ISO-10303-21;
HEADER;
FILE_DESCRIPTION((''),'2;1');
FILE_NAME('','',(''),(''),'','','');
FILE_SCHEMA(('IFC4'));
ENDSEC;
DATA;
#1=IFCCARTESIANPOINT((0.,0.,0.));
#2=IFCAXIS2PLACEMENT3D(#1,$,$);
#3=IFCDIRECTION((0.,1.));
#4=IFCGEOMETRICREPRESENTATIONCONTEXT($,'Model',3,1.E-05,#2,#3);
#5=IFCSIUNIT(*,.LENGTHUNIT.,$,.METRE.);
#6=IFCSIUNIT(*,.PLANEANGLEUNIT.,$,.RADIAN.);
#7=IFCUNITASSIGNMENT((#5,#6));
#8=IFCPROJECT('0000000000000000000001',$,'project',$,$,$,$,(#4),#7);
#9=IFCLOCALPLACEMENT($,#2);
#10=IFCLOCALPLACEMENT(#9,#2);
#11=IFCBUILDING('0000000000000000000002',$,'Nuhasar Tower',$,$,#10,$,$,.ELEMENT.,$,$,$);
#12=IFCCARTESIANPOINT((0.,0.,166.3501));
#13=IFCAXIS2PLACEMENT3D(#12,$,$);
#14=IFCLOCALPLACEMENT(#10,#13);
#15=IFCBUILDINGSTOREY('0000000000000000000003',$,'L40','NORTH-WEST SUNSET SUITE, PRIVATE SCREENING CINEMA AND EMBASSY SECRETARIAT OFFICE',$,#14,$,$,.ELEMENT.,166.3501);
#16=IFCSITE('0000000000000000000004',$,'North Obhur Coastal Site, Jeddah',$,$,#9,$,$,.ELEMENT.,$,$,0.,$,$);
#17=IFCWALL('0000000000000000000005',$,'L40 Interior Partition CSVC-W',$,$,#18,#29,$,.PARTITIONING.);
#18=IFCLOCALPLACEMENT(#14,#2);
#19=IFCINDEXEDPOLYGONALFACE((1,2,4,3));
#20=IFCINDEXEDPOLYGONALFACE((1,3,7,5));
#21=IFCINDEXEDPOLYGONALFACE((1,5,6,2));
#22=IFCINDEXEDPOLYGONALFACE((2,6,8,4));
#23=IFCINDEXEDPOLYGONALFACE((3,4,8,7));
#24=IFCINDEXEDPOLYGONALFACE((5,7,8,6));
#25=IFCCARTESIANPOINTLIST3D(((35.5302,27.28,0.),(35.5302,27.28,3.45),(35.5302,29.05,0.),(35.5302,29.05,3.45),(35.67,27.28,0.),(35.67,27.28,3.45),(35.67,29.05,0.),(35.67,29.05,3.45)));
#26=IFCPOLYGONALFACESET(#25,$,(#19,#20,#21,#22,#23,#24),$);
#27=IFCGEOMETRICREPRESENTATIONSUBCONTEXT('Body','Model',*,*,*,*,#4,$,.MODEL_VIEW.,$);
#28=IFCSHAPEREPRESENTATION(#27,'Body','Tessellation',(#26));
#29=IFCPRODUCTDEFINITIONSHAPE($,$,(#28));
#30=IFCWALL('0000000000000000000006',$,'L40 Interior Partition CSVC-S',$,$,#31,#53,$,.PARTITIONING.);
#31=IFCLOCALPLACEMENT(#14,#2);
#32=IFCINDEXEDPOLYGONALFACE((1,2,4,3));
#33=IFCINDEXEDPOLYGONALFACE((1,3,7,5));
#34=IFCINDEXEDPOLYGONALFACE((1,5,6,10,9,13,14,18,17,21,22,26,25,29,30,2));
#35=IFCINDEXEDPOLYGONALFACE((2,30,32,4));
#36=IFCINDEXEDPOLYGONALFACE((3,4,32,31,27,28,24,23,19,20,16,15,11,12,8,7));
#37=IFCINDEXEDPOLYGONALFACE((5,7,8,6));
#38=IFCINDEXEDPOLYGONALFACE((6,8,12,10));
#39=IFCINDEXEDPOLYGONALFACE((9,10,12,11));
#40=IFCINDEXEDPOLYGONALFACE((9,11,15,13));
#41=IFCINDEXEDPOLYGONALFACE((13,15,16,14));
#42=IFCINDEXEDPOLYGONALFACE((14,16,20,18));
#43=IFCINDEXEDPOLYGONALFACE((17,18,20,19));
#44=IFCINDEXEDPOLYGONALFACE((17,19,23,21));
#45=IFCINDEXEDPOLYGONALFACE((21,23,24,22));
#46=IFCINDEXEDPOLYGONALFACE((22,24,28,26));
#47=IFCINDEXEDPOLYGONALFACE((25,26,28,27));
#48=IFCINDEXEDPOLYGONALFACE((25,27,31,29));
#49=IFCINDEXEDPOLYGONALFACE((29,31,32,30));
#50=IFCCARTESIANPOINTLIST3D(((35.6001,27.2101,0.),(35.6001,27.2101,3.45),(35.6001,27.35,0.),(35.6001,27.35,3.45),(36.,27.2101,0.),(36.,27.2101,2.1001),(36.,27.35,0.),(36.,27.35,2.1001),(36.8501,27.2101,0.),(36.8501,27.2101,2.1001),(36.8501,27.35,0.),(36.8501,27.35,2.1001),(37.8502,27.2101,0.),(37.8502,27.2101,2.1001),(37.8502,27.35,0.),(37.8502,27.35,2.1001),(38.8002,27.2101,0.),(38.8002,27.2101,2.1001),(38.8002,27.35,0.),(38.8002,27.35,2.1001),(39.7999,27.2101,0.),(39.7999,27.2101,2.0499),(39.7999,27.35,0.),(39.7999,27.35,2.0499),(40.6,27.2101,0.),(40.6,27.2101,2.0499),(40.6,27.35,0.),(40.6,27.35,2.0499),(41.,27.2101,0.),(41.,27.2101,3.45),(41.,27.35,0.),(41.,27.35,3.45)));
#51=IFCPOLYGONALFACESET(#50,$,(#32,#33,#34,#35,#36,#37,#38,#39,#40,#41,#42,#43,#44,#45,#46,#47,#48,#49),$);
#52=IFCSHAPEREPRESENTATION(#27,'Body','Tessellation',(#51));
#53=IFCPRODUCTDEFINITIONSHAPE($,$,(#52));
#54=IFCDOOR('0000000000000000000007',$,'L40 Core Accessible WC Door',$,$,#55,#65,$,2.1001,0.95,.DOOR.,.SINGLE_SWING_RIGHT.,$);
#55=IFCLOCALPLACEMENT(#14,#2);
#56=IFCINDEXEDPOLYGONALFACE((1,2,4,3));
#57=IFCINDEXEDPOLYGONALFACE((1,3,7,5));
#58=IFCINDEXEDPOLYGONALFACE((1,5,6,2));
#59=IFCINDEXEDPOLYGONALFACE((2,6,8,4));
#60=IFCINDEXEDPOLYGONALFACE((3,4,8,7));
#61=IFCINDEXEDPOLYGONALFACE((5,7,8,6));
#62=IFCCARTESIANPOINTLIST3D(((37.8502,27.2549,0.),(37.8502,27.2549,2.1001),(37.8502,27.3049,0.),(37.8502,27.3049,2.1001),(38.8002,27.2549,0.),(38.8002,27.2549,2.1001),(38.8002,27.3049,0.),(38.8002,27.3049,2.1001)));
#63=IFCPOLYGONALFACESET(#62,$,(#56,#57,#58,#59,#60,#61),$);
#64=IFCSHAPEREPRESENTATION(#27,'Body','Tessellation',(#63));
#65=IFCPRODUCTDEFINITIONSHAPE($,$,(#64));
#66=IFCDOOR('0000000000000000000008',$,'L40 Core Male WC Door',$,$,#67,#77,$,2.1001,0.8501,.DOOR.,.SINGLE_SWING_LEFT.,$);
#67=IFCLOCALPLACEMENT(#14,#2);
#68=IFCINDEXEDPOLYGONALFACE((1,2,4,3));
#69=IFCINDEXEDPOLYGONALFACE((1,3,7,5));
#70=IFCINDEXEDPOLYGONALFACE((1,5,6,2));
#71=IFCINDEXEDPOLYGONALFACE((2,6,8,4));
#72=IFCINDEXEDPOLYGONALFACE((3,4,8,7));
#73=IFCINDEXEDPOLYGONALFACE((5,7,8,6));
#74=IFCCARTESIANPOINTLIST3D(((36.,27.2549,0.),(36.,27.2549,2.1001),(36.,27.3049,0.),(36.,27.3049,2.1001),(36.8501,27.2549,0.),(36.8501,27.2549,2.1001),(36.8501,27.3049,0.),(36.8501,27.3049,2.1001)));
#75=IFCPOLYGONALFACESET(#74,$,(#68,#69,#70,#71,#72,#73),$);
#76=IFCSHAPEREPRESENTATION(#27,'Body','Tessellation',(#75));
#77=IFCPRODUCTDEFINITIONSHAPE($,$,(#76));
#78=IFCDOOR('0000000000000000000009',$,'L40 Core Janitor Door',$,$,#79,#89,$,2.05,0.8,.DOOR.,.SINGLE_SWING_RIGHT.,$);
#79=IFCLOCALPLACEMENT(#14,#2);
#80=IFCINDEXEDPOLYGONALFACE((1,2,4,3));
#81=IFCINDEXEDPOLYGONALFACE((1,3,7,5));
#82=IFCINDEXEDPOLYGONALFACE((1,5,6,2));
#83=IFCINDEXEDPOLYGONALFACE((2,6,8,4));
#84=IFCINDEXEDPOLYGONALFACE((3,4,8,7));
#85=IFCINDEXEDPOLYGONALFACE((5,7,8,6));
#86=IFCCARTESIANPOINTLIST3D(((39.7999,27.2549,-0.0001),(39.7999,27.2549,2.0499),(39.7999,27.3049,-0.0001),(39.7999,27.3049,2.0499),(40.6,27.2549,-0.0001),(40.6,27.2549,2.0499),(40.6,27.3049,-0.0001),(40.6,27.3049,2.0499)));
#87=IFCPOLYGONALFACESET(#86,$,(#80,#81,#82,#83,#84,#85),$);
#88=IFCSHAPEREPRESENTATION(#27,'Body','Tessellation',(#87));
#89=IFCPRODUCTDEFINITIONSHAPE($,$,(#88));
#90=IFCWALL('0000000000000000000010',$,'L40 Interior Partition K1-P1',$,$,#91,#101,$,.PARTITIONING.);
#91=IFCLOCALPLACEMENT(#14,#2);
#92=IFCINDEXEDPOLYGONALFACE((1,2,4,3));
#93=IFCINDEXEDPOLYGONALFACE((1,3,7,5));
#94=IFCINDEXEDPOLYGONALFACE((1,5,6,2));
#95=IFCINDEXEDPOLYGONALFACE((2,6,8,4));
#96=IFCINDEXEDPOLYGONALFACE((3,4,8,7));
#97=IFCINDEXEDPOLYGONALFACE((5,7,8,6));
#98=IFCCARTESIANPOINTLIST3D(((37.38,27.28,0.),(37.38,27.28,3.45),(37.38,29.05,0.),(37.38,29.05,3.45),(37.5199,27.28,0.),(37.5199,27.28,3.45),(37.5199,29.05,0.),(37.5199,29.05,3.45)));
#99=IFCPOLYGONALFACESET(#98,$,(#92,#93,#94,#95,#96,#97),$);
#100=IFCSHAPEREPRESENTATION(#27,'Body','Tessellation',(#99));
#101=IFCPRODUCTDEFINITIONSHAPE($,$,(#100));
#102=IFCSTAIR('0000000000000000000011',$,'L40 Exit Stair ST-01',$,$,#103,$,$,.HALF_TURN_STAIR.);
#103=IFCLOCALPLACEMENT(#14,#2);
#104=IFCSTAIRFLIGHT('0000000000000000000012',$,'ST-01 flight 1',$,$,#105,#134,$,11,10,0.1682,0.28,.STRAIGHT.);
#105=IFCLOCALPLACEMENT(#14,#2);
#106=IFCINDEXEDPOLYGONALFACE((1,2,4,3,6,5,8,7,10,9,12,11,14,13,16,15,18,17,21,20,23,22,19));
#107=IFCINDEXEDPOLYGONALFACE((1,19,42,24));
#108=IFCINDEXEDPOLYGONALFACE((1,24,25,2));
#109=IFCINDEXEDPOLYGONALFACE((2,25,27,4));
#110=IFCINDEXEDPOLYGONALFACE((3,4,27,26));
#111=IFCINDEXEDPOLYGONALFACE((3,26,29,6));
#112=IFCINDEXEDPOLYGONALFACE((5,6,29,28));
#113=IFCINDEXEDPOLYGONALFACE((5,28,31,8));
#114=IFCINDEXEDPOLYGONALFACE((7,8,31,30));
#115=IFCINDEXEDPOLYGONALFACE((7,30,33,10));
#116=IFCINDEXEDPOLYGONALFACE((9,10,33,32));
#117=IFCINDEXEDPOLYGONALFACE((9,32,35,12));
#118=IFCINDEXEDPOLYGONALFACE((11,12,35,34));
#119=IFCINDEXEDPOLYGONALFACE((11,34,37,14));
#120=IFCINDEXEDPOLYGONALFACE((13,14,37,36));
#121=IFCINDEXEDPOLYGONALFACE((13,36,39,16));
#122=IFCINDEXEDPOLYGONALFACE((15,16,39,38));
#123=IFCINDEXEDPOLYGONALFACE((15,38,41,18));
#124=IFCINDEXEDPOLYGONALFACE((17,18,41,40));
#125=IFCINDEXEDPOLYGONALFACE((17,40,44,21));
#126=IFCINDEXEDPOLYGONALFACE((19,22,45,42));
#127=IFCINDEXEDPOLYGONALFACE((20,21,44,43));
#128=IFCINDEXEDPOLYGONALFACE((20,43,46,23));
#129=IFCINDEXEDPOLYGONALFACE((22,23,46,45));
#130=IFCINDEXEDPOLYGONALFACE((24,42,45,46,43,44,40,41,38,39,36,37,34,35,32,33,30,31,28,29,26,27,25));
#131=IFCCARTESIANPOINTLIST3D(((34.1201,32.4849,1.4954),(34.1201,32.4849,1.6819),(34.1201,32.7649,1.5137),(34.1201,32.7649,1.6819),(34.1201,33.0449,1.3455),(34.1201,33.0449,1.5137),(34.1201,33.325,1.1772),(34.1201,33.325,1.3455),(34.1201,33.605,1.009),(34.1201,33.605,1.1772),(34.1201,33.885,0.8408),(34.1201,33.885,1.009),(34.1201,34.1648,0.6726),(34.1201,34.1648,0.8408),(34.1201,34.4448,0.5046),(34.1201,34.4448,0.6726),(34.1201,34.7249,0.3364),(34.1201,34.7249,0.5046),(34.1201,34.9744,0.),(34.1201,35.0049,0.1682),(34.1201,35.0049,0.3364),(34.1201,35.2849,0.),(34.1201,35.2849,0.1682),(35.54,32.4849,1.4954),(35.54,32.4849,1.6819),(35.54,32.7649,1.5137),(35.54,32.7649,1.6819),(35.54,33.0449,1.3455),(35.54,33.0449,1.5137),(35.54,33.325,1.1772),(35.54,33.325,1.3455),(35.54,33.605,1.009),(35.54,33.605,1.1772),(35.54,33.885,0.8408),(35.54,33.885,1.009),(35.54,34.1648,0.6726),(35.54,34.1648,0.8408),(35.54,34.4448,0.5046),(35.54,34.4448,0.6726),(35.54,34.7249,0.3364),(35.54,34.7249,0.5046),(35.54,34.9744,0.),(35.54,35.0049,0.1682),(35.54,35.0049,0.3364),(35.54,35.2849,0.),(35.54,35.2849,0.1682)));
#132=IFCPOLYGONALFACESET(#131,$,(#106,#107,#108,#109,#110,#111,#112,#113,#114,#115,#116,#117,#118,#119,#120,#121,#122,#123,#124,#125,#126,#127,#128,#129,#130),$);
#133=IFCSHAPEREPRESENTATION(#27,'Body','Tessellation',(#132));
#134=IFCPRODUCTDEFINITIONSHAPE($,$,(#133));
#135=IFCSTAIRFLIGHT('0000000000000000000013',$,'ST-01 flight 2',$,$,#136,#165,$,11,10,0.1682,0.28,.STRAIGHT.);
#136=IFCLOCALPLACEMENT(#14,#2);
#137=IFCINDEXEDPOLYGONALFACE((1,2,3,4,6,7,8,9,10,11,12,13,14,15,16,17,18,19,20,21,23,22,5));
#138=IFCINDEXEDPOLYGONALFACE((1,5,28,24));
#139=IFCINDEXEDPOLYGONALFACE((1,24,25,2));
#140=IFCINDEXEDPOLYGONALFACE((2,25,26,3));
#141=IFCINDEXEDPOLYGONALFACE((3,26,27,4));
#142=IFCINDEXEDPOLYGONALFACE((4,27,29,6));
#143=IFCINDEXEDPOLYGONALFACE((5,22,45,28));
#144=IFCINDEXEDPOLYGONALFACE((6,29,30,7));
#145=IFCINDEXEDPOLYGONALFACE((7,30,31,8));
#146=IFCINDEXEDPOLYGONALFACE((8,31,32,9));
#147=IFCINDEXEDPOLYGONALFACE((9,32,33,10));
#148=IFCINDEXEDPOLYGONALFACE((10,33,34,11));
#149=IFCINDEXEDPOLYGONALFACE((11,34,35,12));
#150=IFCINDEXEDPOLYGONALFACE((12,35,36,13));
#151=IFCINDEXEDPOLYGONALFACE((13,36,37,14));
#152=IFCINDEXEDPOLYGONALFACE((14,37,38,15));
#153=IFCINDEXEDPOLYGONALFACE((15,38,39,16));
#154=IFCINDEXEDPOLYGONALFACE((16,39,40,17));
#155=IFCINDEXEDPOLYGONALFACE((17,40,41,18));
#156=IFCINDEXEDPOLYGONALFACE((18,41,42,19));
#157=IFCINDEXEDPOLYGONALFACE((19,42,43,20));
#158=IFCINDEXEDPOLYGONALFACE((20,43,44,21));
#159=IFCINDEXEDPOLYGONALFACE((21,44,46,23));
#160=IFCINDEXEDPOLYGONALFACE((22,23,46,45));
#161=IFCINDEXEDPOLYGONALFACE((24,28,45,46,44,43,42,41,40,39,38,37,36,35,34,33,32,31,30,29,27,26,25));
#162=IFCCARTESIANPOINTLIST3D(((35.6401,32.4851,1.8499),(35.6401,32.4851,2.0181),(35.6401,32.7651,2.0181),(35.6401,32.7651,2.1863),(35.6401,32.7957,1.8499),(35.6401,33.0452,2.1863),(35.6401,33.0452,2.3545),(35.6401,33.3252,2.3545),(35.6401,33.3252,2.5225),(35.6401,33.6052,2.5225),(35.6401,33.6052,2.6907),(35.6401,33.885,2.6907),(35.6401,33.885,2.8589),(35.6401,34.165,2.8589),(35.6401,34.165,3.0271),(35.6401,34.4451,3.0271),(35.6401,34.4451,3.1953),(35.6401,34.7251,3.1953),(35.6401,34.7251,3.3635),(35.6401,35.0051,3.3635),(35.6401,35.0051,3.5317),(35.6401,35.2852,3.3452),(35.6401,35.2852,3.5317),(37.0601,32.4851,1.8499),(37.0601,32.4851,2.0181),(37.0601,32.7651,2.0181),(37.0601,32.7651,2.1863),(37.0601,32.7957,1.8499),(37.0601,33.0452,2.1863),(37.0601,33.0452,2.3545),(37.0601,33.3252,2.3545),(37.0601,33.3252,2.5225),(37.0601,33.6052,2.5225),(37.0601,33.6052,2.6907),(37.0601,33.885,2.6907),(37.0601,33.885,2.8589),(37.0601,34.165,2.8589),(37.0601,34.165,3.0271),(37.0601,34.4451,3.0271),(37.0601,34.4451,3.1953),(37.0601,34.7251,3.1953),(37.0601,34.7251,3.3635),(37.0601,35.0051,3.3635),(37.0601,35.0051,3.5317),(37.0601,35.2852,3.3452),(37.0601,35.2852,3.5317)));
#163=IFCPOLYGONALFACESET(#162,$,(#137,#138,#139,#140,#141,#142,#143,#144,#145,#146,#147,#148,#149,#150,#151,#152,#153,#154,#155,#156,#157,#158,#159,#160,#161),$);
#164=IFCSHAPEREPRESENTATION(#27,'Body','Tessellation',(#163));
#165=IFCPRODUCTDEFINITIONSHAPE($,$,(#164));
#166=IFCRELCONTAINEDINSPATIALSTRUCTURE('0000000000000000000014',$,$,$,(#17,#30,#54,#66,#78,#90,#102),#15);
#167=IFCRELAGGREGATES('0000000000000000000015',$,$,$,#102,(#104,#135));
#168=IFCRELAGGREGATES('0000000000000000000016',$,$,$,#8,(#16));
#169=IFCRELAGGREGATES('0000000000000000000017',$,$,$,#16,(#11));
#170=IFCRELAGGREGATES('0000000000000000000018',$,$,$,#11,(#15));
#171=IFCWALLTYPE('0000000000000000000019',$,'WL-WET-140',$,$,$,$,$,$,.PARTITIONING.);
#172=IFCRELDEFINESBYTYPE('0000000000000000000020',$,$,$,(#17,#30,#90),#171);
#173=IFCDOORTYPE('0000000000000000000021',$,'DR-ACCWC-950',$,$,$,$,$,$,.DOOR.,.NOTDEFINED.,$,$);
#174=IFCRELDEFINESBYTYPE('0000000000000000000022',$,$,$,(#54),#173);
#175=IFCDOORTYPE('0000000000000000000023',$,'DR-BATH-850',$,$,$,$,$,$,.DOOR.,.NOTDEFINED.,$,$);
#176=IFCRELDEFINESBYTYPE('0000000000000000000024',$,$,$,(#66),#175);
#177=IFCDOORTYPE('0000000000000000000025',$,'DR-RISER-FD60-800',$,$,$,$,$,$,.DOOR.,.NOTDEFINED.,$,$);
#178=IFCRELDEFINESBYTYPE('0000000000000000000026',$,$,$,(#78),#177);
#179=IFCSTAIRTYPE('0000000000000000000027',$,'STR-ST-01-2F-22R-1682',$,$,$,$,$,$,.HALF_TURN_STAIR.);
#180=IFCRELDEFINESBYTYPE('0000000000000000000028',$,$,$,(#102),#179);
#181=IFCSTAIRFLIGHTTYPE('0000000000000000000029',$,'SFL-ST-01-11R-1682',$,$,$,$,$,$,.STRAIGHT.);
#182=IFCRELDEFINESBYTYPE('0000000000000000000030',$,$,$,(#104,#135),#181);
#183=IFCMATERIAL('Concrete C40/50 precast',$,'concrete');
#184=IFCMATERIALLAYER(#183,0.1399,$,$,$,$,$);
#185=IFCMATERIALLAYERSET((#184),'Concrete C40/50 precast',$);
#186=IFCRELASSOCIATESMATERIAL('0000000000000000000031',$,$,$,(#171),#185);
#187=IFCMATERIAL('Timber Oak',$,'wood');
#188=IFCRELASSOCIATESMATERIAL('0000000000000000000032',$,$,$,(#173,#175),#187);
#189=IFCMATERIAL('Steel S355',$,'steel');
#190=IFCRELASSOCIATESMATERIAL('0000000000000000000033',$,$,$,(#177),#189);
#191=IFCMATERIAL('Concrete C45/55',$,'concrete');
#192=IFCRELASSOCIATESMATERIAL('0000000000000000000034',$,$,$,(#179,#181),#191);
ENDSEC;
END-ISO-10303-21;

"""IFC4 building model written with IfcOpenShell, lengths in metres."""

from ifc_helpers import new_model, si_unit, direction, frame, frame_2d, origin, place, context, subcontext, project, spatial, polyline, rectangle, outline, extrude, material, layer, layer_set, type_object, element, fill, aggregate, save


model = new_model("IFC4")

# Units and contexts
model_context = context("Model", 3, precision=1e-05, world=origin(), true_north=direction((0.0, 1.0)))
body_context = subcontext(model_context, "Body", "Model", "MODEL_VIEW")
ifc_project = project(units=[si_unit("LENGTHUNIT", "METRE"), si_unit("PLANEANGLEUNIT", "RADIAN")], contexts=[model_context])

# Site, building, storey
site_placement = place(None, origin())
site = spatial("IfcSite", under=ifc_project, at=site_placement, Name="North Obhur Coastal Site, Jeddah", CompositionType="ELEMENT", RefElevation=0.0)
building_placement = place(site_placement, origin())
building = spatial("IfcBuilding", under=site, at=building_placement, Name="Nuhasar Tower", CompositionType="ELEMENT")
storey_placement = place(building_placement, frame((0.0, 0.0, 166.3501)))
storey = spatial("IfcBuildingStorey", under=building, at=storey_placement, Name="L40", Description="NORTH-WEST SUNSET SUITE, PRIVATE SCREENING CINEMA AND EMBASSY SECRETARIAT OFFICE", CompositionType="ELEMENT", Elevation=166.3501)

# Shared definitions
ifc_material_1 = material(Name="Steel S355", Category="steel")

# Wall
ifc_material_2 = material(Name="Concrete C40/50 precast", Category="concrete")
ifc_layer_1 = layer(ifc_material_2, 0.1399)
ifc_layer_set_1 = layer_set([ifc_layer_1], Name="Concrete C40/50 precast")
wall_type_1 = type_object("IfcWallType", Name="WL-WET-140", PredefinedType="PARTITIONING", material=ifc_layer_set_1)
wall_1_placement = place(storey_placement, frame((35.6001, 27.28, 0.0), z_axis=(0.0, 0.0, 1.0), x_axis=(0.0, 1.0, 0.0)))
element("IfcWall", 1, at=wall_1_placement, inside=storey, type_object=wall_type_1, Name="L40 Interior Partition CSVC-W", PredefinedType="PARTITIONING", context=body_context, shape_type="SweptSolid", body=[
    extrude(rectangle(XDim=1.77, YDim=0.1399, at=frame_2d((0.885, 0.0))), origin(), (0.0, 0.0, 1.0), 3.45),
])

# Wall, openings, doors
wall_2_placement = place(storey_placement, frame((35.6001, 27.28, 0.0), z_axis=(0.0, 0.0, 1.0), x_axis=(1.0, 0.0, 0.0)))
wall_2 = element("IfcWall", 2, at=wall_2_placement, inside=storey, type_object=wall_type_1, Name="L40 Interior Partition CSVC-S", PredefinedType="PARTITIONING", context=body_context, shape_type="SweptSolid", body=[
    extrude(rectangle(XDim=5.3999, YDim=0.1399, at=frame_2d((2.7, 0.0))), origin(), (0.0, 0.0, 1.0), 3.45),
])
opening_1_placement = place(wall_2_placement, frame((0.3999, 0.0, 0.0)))
opening_1 = element("IfcOpeningElement", 3, at=opening_1_placement, cuts=wall_2, PredefinedType="OPENING", context=body_context, shape_type="SweptSolid", body=[
    extrude(rectangle(XDim=0.8501, YDim=2.1001, at=frame_2d((0.425, 1.05))), frame((0.0, 0.0801, 0.0), z_axis=(0.0, -1.0, 0.0), x_axis=(1.0, 0.0, 0.0)), (0.0, 0.0, 1.0), 0.1599),
])
opening_2_placement = place(wall_2_placement, frame((2.25, 0.0, 0.0)))
opening_2 = element("IfcOpeningElement", 4, at=opening_2_placement, cuts=wall_2, PredefinedType="OPENING", context=body_context, shape_type="SweptSolid", body=[
    extrude(rectangle(XDim=0.95, YDim=2.1001, at=frame_2d((0.4751, 1.05))), frame((0.0, 0.0801, 0.0), z_axis=(0.0, -1.0, 0.0), x_axis=(1.0, 0.0, 0.0)), (0.0, 0.0, 1.0), 0.1599),
])
opening_3_placement = place(wall_2_placement, frame((4.2, 0.0, 0.0)))
opening_3 = element("IfcOpeningElement", 5, at=opening_3_placement, cuts=wall_2, PredefinedType="OPENING", context=body_context, shape_type="SweptSolid", body=[
    extrude(rectangle(XDim=0.8, YDim=2.05, at=frame_2d((0.3999, 1.0249))), frame((0.0, 0.0801, 0.0), z_axis=(0.0, -1.0, 0.0), x_axis=(1.0, 0.0, 0.0)), (0.0, 0.0, 1.0), 0.1599),
])
ifc_material_3 = material(Name="Timber Oak", Category="wood")
door_type_1 = type_object("IfcDoorType", Name="DR-ACCWC-950", OperationType="NOTDEFINED", PredefinedType="DOOR", material=ifc_material_3)
door_1_placement = place(opening_2_placement, origin())
door_1 = element("IfcDoor", 6, at=door_1_placement, inside=storey, type_object=door_type_1, Name="L40 Core Accessible WC Door", OperationType="SINGLE_SWING_RIGHT", OverallHeight=2.1001, OverallWidth=0.95, PredefinedType="DOOR", context=body_context, shape_type="SweptSolid", body=[
    extrude(rectangle(XDim=0.95, YDim=2.1001, at=frame_2d((0.4751, 1.05))), frame((0.0, 0.0249, 0.0), z_axis=(0.0, -1.0, 0.0), x_axis=(1.0, 0.0, 0.0)), (0.0, 0.0, 1.0), 0.05),
])
fill(opening_2, door_1)
door_type_2 = type_object("IfcDoorType", Name="DR-BATH-850", OperationType="NOTDEFINED", PredefinedType="DOOR", material=ifc_material_3)
door_2_placement = place(opening_1_placement, origin())
door_2 = element("IfcDoor", 7, at=door_2_placement, inside=storey, type_object=door_type_2, Name="L40 Core Male WC Door", OperationType="SINGLE_SWING_LEFT", OverallHeight=2.1001, OverallWidth=0.8501, PredefinedType="DOOR", context=body_context, shape_type="SweptSolid", body=[
    extrude(rectangle(XDim=0.8501, YDim=2.1001, at=frame_2d((0.425, 1.05))), frame((0.0, 0.0249, 0.0), z_axis=(0.0, -1.0, 0.0), x_axis=(1.0, 0.0, 0.0)), (0.0, 0.0, 1.0), 0.05),
])
fill(opening_1, door_2)
door_type_3 = type_object("IfcDoorType", Name="DR-RISER-FD60-800", OperationType="NOTDEFINED", PredefinedType="DOOR", material=ifc_material_1)
door_3_placement = place(opening_3_placement, origin())
door_3 = element("IfcDoor", 8, at=door_3_placement, inside=storey, type_object=door_type_3, Name="L40 Core Janitor Door", OperationType="SINGLE_SWING_RIGHT", OverallHeight=2.05, OverallWidth=0.8, PredefinedType="DOOR", context=body_context, shape_type="SweptSolid", body=[
    extrude(rectangle(XDim=0.8, YDim=2.05, at=frame_2d((0.3999, 1.0249))), frame((0.0, 0.0249, 0.0), z_axis=(0.0, -1.0, 0.0), x_axis=(1.0, 0.0, 0.0)), (0.0, 0.0, 1.0), 0.05),
])
fill(opening_3, door_3)

# Wall
wall_3_placement = place(storey_placement, frame((37.45, 27.28, 0.0), z_axis=(0.0, 0.0, 1.0), x_axis=(0.0, 1.0, 0.0)))
element("IfcWall", 9, at=wall_3_placement, inside=storey, type_object=wall_type_1, Name="L40 Interior Partition K1-P1", PredefinedType="PARTITIONING", context=body_context, shape_type="SweptSolid", body=[
    extrude(rectangle(XDim=1.77, YDim=0.1399, at=frame_2d((0.885, 0.0))), origin(), (0.0, 0.0, 1.0), 3.45),
])

# Stair, stair flights
ifc_material_4 = material(Name="Concrete C45/55", Category="concrete")
stair_type_1 = type_object("IfcStairType", Name="STR-ST-01-2F-22R-1682", PredefinedType="HALF_TURN_STAIR", material=ifc_material_4)
stair_1_placement = place(storey_placement, origin())
stair_1 = element("IfcStair", 10, at=stair_1_placement, inside=storey, type_object=stair_type_1, Name="L40 Exit Stair ST-01", PredefinedType="HALF_TURN_STAIR")
stair_flight_type_1 = type_object("IfcStairFlightType", Name="SFL-ST-01-11R-1682", PredefinedType="STRAIGHT", material=ifc_material_4)
stair_flight_1_placement = place(storey_placement, frame((34.8301, 35.2849, 0.0), z_axis=(0.0, 0.0, 1.0), x_axis=(0.0, -1.0, 0.0)))
stair_flight_1 = element("IfcStairFlight", 11, at=stair_flight_1_placement, type_object=stair_flight_type_1, Name="ST-01 flight 1", NumberOfRisers=11, NumberOfTreads=10, PredefinedType="STRAIGHT", RiserHeight=0.1682, TreadLength=0.28, context=body_context, shape_type="SweptSolid", body=[
    extrude(outline(polyline([(0.0, 0.0), (0.0, 0.1682), (0.28, 0.1682), (0.28, 0.3364), (0.5601, 0.3364), (0.5601, 0.5046), (0.8401, 0.5046), (0.8401, 0.6726), (1.1201, 0.6726), (1.1201, 0.8408), (1.3999, 0.8408), (1.3999, 1.009), (1.6799, 1.009), (1.6799, 1.1772), (1.96, 1.1772), (1.96, 1.3455), (2.24, 1.3455), (2.24, 1.5137), (2.52, 1.5137), (2.52, 1.6819), (2.8, 1.6819), (2.8, 1.8501), (2.8, 1.4954), (0.3105, 0.0), (0.0, 0.0)])), frame((0.0, 0.71, 0.0), z_axis=(0.0, -1.0, 0.0), x_axis=(1.0, 0.0, 0.0)), (0.0, 0.0, 1.0), 1.4199),
])
stair_flight_2_placement = place(storey_placement, frame((36.3501, 32.4851, 1.8499), z_axis=(0.0, 0.0, 1.0), x_axis=(0.0, 1.0, 0.0)))
stair_flight_2 = element("IfcStairFlight", 12, at=stair_flight_2_placement, type_object=stair_flight_type_1, Name="ST-01 flight 2", NumberOfRisers=11, NumberOfTreads=10, PredefinedType="STRAIGHT", RiserHeight=0.1682, TreadLength=0.28, context=body_context, shape_type="SweptSolid", body=[
    extrude(outline(polyline([(0.0, 0.0), (0.0, 0.1682), (0.28, 0.1682), (0.28, 0.3364), (0.5601, 0.3364), (0.5601, 0.5046), (0.8401, 0.5046), (0.8401, 0.6726), (1.1201, 0.6726), (1.1201, 0.8408), (1.3999, 0.8408), (1.3999, 1.009), (1.6799, 1.009), (1.6799, 1.1772), (1.96, 1.1772), (1.96, 1.3455), (2.24, 1.3455), (2.24, 1.5137), (2.52, 1.5137), (2.52, 1.6819), (2.8, 1.6819), (2.8, 1.8501), (2.8, 1.4954), (0.3105, 0.0), (0.0, 0.0)])), frame((0.0, 0.71, 0.0), z_axis=(0.0, -1.0, 0.0), x_axis=(1.0, 0.0, 0.0)), (0.0, 0.0, 1.0), 1.4199),
])
aggregate(stair_1, [stair_flight_1, stair_flight_2])

save(model, "model.ifc")
